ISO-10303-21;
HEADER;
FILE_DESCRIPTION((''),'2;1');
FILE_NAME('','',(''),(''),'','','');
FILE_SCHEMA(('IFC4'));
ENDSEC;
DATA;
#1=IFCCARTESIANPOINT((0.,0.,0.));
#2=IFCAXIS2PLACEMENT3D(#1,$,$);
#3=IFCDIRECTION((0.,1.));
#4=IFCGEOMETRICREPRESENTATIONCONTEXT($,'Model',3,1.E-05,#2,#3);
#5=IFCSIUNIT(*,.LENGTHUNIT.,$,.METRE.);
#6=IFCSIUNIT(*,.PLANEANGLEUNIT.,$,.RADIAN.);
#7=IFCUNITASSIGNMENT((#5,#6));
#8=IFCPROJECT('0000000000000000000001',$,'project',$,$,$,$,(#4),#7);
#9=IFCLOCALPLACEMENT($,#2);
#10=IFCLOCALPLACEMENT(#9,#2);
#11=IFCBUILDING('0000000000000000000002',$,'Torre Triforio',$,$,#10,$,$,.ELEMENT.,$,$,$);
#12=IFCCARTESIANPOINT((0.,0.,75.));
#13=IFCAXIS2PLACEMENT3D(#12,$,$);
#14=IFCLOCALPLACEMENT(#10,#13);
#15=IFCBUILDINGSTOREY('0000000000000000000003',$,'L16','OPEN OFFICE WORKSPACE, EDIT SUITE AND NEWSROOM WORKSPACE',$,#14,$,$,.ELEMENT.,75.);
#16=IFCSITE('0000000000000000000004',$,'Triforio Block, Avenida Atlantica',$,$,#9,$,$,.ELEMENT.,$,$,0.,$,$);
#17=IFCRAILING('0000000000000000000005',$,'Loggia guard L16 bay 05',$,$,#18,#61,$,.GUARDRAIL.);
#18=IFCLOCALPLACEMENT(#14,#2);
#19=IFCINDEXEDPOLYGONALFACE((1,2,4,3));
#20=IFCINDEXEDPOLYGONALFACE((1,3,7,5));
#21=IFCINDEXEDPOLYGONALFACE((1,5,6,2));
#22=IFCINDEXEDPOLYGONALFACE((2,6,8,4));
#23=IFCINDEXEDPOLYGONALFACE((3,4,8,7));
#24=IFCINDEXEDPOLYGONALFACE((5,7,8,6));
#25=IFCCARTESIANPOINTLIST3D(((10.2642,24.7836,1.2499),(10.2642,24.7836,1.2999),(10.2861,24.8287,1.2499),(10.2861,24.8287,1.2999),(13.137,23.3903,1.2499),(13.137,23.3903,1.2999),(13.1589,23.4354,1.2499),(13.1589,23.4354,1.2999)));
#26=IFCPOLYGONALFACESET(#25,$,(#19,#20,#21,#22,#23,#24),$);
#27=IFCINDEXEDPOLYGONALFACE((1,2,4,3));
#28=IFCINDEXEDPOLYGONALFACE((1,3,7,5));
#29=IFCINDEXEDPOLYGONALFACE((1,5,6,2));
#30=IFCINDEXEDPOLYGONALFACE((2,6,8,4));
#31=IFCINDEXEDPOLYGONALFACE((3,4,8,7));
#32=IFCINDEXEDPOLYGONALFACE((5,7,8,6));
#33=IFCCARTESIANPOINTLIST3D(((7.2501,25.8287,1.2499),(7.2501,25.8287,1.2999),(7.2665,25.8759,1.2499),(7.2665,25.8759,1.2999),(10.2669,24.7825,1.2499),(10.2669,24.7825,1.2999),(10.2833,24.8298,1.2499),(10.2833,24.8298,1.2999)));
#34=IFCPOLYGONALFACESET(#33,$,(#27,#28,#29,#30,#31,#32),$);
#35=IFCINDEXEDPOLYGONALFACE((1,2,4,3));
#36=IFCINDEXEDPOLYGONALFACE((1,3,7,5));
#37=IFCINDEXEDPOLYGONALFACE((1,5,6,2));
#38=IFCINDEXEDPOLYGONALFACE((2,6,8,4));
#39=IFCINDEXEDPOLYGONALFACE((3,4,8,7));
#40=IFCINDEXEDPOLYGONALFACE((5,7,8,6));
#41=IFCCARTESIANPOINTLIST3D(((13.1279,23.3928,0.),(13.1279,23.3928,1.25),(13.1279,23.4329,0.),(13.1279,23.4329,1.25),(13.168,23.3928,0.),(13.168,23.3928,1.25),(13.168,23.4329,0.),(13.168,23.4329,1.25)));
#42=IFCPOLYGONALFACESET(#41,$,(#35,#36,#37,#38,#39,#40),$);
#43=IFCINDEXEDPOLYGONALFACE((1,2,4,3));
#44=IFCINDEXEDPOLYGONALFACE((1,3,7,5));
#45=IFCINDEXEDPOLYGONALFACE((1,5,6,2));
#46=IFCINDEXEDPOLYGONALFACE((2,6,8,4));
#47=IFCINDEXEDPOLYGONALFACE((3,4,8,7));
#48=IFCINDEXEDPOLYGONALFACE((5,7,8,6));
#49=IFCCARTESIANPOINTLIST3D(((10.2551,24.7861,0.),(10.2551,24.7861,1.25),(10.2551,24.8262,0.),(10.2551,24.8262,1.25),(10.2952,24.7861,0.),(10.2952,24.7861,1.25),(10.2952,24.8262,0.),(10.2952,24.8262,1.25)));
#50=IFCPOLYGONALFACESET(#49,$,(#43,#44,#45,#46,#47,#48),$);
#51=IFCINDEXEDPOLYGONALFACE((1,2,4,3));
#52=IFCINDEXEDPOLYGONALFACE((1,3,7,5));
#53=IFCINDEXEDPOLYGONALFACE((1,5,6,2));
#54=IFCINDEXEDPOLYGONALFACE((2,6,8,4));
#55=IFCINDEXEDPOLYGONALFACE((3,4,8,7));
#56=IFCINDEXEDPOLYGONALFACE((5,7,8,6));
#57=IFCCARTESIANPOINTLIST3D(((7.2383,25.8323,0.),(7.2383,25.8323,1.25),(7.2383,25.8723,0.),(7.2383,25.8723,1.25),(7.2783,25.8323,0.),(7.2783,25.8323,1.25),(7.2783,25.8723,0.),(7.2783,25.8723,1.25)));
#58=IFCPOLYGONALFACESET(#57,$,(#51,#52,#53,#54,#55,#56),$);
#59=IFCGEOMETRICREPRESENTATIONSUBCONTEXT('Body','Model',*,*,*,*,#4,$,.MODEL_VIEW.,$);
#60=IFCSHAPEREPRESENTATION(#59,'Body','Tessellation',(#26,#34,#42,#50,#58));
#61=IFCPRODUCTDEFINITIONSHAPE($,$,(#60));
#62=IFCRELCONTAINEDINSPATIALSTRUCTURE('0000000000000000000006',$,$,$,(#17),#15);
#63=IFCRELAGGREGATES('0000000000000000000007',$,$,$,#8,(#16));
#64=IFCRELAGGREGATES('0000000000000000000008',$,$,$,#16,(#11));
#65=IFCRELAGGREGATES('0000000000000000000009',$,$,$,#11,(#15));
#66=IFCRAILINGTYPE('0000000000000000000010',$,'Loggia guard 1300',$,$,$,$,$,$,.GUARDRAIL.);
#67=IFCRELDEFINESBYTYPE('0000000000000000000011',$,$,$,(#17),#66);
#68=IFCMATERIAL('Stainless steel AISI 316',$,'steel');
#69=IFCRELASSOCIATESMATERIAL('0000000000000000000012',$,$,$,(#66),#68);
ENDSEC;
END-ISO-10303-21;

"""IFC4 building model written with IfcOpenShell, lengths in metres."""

from ifc_helpers import new_model, si_unit, direction, frame, origin, origin_2d, place, context, subcontext, project, spatial, rectangle, extrude, material, type_object, element, save


model = new_model("IFC4")

# Units and contexts
model_context = context("Model", 3, precision=1e-05, world=origin(), true_north=direction((0.0, 1.0)))
body_context = subcontext(model_context, "Body", "Model", "MODEL_VIEW")
ifc_project = project(units=[si_unit("LENGTHUNIT", "METRE"), si_unit("PLANEANGLEUNIT", "RADIAN")], contexts=[model_context])

# Site, building, storey
site_placement = place(None, origin())
site = spatial("IfcSite", under=ifc_project, at=site_placement, Name="Triforio Block, Avenida Atlantica", CompositionType="ELEMENT", RefElevation=0.0)
building_placement = place(site_placement, origin())
building = spatial("IfcBuilding", under=site, at=building_placement, Name="Torre Triforio", CompositionType="ELEMENT")
storey_placement = place(building_placement, frame((0.0, 0.0, 75.0)))
storey = spatial("IfcBuildingStorey", under=building, at=storey_placement, Name="L16", Description="OPEN OFFICE WORKSPACE, EDIT SUITE AND NEWSROOM WORKSPACE", CompositionType="ELEMENT", Elevation=75.0)

# Railing
ifc_material_1 = material(Name="Stainless steel AISI 316", Category="steel")
railing_type = type_object("IfcRailingType", Name="Loggia guard 1300", PredefinedType="GUARDRAIL", material=ifc_material_1)
railing_1_placement = place(storey_placement, frame((13.1479, 23.4128, 0.0)))
element("IfcRailing", 1, at=railing_1_placement, inside=storey, type_object=railing_type, Name="Loggia guard L16 bay 05", PredefinedType="GUARDRAIL", context=body_context, shape_type="SweptSolid", body=[
    extrude(rectangle(XDim=0.05, YDim=0.05, at=origin_2d()), frame((0.0, 0.0, 1.2749), z_axis=(-0.89976, 0.436384, 0.0), x_axis=(-0.436384, -0.89976, 0.0)), (0.0, 0.0, 1.0), 3.1929),
    extrude(rectangle(XDim=0.05, YDim=0.05, at=origin_2d()), frame((-2.8728, 1.3933, 1.2749), z_axis=(-0.944807, 0.327628, 0.0), x_axis=(-0.327628, -0.944807, 0.0)), (0.0, 0.0, 1.0), 3.1931),
    extrude(rectangle(XDim=0.04, YDim=0.04, at=origin_2d()), origin(), (0.0, 0.0, 1.0), 1.25),
    extrude(rectangle(XDim=0.04, YDim=0.04, at=origin_2d()), frame((-2.8728, 1.3933, 0.0)), (0.0, 0.0, 1.0), 1.25),
    extrude(rectangle(XDim=0.04, YDim=0.04, at=origin_2d()), frame((-5.8896, 2.4395, 0.0)), (0.0, 0.0, 1.0), 1.25),
])

save(model, "model.ifc")
